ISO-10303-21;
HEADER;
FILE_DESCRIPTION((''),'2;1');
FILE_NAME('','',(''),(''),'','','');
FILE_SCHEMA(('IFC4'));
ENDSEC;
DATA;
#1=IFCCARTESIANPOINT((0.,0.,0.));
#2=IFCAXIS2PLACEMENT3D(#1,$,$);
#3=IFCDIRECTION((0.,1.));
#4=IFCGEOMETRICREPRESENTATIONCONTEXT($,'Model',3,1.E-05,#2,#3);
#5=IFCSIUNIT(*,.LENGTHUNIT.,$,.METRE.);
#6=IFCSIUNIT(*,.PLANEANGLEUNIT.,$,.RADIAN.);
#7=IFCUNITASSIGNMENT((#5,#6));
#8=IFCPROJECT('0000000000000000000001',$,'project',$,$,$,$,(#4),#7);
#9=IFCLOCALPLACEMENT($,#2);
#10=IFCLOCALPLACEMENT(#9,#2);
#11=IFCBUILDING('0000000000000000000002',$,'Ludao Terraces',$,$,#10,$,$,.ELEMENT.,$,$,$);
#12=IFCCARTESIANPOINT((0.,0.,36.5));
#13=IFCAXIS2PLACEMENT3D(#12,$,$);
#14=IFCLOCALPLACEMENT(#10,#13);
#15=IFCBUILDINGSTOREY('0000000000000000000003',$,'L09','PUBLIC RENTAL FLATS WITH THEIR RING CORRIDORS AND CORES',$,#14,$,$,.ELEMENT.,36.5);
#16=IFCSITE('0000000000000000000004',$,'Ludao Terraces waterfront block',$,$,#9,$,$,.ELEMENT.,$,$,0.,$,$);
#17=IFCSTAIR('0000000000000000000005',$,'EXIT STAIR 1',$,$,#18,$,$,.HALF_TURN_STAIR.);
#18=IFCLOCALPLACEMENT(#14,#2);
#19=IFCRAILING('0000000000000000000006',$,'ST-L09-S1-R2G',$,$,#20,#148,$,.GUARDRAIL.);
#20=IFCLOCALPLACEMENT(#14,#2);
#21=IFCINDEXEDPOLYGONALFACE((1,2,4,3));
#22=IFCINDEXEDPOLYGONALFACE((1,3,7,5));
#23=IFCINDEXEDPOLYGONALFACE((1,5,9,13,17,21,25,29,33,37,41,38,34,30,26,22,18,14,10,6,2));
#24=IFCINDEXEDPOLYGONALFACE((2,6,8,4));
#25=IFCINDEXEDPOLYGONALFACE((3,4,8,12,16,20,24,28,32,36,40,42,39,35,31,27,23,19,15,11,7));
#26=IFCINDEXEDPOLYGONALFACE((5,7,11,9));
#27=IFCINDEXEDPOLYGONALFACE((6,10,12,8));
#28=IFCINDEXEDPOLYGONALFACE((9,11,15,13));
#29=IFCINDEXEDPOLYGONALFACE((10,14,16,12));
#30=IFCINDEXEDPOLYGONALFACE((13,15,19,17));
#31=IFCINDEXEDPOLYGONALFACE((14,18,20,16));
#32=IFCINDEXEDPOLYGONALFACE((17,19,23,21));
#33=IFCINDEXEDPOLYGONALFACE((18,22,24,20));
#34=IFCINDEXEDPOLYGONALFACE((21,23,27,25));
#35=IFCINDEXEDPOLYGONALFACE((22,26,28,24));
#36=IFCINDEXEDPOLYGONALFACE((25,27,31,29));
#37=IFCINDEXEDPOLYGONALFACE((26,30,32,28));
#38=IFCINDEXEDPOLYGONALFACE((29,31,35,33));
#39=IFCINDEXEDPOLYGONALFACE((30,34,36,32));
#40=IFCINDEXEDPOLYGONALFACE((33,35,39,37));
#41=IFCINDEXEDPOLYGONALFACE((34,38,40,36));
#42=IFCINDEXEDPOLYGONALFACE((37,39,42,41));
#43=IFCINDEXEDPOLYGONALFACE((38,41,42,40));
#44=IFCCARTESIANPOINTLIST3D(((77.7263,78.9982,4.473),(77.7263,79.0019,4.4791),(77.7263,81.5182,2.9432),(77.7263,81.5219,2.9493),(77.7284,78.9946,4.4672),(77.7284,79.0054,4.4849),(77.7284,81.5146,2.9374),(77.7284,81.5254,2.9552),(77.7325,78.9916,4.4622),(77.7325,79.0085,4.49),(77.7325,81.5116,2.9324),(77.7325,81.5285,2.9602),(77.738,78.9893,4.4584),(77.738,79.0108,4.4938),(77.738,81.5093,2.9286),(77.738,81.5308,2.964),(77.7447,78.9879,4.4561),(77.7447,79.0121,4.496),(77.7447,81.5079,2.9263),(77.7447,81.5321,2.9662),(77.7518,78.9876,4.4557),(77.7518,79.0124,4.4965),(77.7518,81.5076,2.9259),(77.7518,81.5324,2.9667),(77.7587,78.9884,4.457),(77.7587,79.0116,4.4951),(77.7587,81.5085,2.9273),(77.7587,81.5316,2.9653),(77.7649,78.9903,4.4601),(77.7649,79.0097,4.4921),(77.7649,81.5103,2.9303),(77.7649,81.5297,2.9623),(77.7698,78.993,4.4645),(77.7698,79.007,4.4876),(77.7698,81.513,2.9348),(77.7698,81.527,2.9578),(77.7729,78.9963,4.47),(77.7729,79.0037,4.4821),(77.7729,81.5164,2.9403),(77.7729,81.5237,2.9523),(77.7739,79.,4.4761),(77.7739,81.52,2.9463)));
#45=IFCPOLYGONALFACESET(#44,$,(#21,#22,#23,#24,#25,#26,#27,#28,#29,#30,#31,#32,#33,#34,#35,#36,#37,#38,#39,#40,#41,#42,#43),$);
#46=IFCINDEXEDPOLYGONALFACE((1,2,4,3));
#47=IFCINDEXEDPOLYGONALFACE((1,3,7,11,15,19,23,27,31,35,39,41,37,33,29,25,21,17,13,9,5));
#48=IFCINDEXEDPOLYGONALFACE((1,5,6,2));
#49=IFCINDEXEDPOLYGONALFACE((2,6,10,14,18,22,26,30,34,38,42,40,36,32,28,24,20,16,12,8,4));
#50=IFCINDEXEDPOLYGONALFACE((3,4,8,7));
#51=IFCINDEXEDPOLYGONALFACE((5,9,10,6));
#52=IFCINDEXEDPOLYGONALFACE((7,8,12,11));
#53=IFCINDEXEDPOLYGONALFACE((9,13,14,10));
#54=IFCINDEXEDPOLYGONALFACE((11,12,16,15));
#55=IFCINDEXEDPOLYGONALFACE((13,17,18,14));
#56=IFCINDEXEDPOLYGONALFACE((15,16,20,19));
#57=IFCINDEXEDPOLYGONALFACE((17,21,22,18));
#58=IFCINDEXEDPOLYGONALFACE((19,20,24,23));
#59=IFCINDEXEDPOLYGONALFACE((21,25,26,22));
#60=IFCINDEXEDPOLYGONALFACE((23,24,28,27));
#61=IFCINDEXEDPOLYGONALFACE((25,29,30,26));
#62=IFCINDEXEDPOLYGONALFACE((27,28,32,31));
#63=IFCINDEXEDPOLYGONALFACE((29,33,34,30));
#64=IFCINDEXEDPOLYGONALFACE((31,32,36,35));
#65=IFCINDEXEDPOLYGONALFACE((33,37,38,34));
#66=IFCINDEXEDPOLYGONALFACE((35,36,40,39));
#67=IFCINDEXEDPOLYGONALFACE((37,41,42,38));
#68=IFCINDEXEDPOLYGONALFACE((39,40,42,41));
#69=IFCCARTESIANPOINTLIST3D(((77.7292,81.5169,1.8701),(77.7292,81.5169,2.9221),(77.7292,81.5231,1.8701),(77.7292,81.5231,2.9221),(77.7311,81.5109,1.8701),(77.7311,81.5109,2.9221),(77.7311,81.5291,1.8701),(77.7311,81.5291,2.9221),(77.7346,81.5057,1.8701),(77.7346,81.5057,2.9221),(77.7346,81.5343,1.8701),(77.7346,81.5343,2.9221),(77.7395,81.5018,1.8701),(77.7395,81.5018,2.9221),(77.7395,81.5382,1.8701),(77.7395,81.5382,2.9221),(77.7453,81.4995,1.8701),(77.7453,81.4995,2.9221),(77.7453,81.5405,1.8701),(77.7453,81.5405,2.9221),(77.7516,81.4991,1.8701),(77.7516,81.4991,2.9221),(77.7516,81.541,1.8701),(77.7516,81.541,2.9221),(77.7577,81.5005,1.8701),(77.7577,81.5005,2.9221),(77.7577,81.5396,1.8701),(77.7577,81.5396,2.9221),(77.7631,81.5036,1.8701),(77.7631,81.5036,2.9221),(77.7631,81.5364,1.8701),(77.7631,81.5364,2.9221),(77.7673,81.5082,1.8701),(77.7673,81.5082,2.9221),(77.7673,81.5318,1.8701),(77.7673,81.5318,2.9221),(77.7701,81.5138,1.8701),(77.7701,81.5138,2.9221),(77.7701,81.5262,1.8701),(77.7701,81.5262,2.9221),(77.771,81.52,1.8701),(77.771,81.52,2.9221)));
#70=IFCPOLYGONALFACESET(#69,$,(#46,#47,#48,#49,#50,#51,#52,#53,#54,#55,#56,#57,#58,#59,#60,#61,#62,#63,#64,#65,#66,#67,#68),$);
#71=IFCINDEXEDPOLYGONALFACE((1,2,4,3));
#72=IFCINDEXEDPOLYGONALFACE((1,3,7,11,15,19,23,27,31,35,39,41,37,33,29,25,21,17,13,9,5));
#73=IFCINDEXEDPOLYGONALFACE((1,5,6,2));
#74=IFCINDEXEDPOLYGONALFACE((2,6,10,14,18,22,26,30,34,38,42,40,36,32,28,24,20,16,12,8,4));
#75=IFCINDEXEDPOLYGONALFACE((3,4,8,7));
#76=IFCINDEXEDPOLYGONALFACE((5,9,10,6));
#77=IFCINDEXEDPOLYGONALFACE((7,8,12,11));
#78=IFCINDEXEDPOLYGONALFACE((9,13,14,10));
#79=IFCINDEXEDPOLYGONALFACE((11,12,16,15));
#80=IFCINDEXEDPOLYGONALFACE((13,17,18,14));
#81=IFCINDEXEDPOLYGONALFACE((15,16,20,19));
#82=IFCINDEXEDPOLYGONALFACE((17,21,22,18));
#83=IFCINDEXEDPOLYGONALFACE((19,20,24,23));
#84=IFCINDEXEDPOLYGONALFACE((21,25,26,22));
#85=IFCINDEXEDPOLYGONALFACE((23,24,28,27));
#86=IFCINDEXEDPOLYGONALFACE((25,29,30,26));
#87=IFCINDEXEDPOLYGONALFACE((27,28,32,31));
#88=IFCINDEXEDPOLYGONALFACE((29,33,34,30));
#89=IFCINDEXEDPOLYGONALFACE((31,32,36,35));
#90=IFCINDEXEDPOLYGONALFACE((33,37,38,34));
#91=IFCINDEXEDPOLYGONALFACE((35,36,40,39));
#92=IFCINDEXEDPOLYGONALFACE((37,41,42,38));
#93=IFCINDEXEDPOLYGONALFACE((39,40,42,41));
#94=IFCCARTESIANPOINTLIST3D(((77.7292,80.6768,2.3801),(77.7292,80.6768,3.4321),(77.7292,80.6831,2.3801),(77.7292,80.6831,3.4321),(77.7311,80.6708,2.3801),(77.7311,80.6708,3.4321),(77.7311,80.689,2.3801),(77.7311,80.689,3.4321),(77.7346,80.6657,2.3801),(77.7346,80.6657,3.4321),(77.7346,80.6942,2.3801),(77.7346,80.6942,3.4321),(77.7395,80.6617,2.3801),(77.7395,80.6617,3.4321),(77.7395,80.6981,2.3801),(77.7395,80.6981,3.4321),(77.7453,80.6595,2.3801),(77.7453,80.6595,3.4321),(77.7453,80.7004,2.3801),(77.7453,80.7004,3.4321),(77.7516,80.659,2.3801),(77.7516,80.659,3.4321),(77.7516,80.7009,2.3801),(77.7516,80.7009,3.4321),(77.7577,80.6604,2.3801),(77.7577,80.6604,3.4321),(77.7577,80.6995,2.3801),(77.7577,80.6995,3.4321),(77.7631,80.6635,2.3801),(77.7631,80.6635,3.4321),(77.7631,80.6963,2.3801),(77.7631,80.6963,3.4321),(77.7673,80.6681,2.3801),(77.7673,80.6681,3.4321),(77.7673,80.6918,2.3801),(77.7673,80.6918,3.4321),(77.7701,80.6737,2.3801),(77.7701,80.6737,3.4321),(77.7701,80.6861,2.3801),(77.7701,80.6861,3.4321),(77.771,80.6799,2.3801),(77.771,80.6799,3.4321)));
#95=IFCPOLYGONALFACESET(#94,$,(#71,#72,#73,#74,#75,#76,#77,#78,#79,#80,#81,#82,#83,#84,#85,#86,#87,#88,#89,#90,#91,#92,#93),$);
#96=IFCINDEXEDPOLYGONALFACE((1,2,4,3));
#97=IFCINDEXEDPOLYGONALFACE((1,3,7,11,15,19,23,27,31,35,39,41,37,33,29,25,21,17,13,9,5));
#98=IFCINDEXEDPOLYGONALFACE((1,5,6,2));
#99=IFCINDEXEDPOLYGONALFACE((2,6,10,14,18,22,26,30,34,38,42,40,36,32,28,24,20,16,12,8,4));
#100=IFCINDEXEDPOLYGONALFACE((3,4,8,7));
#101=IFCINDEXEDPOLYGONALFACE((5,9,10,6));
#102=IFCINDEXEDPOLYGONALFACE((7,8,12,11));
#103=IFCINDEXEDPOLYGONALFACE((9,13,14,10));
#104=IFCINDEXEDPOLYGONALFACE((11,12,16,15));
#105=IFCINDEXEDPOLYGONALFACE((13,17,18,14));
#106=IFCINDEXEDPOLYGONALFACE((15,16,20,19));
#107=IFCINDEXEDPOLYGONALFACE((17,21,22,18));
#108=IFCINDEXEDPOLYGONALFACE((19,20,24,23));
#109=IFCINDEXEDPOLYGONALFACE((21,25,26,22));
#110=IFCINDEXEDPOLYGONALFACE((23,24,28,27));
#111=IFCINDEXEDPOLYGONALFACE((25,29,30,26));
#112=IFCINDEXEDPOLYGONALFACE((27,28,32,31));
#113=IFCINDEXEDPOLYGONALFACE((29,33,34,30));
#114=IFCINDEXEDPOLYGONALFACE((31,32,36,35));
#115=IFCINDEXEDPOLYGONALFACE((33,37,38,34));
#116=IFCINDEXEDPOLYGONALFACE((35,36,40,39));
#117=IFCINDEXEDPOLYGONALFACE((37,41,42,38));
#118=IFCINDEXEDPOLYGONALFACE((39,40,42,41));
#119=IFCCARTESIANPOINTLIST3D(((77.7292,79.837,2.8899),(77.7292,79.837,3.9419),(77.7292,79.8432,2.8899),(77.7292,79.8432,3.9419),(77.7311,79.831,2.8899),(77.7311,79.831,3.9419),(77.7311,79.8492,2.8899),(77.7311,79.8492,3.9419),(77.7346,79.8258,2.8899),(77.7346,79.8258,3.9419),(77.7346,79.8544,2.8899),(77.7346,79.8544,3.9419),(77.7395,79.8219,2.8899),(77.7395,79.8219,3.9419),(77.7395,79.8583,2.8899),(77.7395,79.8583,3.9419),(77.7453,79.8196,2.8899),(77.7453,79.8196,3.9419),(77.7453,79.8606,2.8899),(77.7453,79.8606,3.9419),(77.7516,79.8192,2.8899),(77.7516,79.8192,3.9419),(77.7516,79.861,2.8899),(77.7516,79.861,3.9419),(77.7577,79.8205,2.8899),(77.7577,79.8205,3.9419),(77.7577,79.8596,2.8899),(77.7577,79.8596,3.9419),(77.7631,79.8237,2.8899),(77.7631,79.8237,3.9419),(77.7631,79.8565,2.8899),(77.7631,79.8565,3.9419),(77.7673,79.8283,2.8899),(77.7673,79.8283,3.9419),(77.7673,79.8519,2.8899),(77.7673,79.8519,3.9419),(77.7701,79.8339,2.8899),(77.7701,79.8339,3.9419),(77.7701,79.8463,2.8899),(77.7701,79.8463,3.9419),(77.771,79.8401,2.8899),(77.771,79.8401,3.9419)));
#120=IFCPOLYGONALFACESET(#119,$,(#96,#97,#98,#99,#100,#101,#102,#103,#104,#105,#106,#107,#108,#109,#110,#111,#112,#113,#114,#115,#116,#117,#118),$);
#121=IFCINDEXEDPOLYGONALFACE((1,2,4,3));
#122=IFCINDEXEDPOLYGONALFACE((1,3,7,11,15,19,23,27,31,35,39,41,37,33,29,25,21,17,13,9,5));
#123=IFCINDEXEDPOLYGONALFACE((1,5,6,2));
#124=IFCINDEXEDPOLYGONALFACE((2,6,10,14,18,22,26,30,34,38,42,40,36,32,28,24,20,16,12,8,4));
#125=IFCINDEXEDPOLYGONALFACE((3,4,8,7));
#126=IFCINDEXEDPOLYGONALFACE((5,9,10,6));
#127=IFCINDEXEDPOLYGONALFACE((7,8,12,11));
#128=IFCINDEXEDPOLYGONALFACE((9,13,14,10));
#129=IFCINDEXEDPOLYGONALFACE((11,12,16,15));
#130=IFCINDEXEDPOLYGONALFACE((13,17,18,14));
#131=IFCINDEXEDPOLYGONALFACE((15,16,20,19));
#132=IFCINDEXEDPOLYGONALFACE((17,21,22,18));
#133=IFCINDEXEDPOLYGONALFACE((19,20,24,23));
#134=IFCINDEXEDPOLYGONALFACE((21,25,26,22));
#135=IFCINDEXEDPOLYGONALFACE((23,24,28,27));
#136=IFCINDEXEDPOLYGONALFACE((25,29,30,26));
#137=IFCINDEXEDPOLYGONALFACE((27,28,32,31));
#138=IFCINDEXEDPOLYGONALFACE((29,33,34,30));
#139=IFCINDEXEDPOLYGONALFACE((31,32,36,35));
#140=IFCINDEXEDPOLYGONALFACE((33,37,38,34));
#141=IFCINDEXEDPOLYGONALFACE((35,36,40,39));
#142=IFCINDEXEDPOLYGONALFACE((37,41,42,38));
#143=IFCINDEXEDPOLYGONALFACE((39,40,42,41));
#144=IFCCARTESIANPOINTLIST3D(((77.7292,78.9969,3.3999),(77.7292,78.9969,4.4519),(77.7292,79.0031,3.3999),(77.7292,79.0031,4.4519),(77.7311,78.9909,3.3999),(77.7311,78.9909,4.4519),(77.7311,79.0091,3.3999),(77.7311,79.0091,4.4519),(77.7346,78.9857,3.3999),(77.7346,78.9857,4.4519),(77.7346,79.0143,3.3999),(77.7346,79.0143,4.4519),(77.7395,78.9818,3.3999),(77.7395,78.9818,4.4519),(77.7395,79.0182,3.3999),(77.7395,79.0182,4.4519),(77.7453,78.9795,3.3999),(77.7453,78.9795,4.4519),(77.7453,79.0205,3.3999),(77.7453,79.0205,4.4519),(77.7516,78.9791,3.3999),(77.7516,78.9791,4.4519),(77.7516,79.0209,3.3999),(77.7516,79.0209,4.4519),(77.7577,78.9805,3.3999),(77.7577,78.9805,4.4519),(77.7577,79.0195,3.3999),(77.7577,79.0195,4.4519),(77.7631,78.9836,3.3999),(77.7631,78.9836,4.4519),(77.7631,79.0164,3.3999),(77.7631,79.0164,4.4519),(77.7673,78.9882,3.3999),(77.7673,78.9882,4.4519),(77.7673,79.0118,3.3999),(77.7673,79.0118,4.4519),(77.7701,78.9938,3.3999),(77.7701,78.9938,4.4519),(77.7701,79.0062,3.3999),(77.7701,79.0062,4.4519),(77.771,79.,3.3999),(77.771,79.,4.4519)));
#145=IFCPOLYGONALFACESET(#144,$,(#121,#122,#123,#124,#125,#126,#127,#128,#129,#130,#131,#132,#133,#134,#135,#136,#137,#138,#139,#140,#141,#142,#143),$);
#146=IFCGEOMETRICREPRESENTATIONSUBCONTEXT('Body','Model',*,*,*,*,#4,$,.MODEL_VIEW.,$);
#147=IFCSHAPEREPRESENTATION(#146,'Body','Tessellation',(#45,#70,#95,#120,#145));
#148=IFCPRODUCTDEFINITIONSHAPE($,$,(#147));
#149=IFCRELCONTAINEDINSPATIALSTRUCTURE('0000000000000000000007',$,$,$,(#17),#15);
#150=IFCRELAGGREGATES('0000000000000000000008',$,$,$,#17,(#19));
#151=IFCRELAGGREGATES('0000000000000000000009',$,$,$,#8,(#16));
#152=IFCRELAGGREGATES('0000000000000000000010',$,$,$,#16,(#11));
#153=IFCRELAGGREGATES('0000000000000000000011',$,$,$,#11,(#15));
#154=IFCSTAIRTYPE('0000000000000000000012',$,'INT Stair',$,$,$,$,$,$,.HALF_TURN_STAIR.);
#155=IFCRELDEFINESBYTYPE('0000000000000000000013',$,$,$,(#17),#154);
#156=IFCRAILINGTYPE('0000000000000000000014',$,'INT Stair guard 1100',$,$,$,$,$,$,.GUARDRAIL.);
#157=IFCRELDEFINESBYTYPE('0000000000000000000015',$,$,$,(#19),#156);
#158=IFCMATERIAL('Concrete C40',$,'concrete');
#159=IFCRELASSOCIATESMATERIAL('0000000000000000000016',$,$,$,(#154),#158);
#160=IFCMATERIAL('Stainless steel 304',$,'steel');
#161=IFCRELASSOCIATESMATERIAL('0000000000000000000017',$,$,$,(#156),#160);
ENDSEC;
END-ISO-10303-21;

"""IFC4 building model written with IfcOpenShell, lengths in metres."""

from ifc_helpers import new_model, si_unit, direction, frame, origin, origin_2d, place, context, subcontext, project, spatial, circle, extrude, material, type_object, element, aggregate, save


model = new_model("IFC4")

# Units and contexts
model_context = context("Model", 3, precision=1e-05, world=origin(), true_north=direction((0.0, 1.0)))
body_context = subcontext(model_context, "Body", "Model", "MODEL_VIEW")
ifc_project = project(units=[si_unit("LENGTHUNIT", "METRE"), si_unit("PLANEANGLEUNIT", "RADIAN")], contexts=[model_context])

# Site, building, storey
site_placement = place(None, origin())
site = spatial("IfcSite", under=ifc_project, at=site_placement, Name="Ludao Terraces waterfront block", CompositionType="ELEMENT", RefElevation=0.0)
building_placement = place(site_placement, origin())
building = spatial("IfcBuilding", under=site, at=building_placement, Name="Ludao Terraces", CompositionType="ELEMENT")
storey_placement = place(building_placement, frame((0.0, 0.0, 36.5)))
storey = spatial("IfcBuildingStorey", under=building, at=storey_placement, Name="L09", Description="PUBLIC RENTAL FLATS WITH THEIR RING CORRIDORS AND CORES", CompositionType="ELEMENT", Elevation=36.5)

# Shared definitions
ifc_material_1 = material(Name="Stainless steel 304", Category="steel")

# Stair, railing
ifc_material_2 = material(Name="Concrete C40", Category="concrete")
stair_type = type_object("IfcStairType", Name="INT Stair", PredefinedType="HALF_TURN_STAIR", material=ifc_material_2)
stair_placement = place(storey_placement, origin())
stair = element("IfcStair", 1, at=stair_placement, inside=storey, type_object=stair_type, Name="EXIT STAIR 1", PredefinedType="HALF_TURN_STAIR")
railing_type_1 = type_object("IfcRailingType", Name="INT Stair guard 1100", PredefinedType="GUARDRAIL", material=ifc_material_1)
railing_1_placement = place(storey_placement, frame((77.75, 81.52, 1.8701)))
railing_1 = element("IfcRailing", 2, at=railing_1_placement, type_object=railing_type_1, Name="ST-L09-S1-R2G", PredefinedType="GUARDRAIL", context=body_context, shape_type="SweptSolid", body=[
    extrude(circle(Radius=0.0239, at=origin_2d()), frame((0.0, 0.0, 1.0762), z_axis=(0.0, -0.854822, 0.518922), x_axis=(1.0, 0.0, 0.0)), (0.0, 0.0, 1.0), 2.948),
    extrude(circle(Radius=0.021, at=origin_2d()), origin(), (0.0, 0.0, 1.0), 1.052),
    extrude(circle(Radius=0.021, at=origin_2d()), frame((0.0, -0.8401, 0.51)), (0.0, 0.0, 1.0), 1.052),
    extrude(circle(Radius=0.021, at=origin_2d()), frame((0.0, -1.6799, 1.0198)), (0.0, 0.0, 1.0), 1.052),
    extrude(circle(Radius=0.021, at=origin_2d()), frame((0.0, -2.52, 1.5298)), (0.0, 0.0, 1.0), 1.052),
])
aggregate(stair, [railing_1])

save(model, "model.ifc")
